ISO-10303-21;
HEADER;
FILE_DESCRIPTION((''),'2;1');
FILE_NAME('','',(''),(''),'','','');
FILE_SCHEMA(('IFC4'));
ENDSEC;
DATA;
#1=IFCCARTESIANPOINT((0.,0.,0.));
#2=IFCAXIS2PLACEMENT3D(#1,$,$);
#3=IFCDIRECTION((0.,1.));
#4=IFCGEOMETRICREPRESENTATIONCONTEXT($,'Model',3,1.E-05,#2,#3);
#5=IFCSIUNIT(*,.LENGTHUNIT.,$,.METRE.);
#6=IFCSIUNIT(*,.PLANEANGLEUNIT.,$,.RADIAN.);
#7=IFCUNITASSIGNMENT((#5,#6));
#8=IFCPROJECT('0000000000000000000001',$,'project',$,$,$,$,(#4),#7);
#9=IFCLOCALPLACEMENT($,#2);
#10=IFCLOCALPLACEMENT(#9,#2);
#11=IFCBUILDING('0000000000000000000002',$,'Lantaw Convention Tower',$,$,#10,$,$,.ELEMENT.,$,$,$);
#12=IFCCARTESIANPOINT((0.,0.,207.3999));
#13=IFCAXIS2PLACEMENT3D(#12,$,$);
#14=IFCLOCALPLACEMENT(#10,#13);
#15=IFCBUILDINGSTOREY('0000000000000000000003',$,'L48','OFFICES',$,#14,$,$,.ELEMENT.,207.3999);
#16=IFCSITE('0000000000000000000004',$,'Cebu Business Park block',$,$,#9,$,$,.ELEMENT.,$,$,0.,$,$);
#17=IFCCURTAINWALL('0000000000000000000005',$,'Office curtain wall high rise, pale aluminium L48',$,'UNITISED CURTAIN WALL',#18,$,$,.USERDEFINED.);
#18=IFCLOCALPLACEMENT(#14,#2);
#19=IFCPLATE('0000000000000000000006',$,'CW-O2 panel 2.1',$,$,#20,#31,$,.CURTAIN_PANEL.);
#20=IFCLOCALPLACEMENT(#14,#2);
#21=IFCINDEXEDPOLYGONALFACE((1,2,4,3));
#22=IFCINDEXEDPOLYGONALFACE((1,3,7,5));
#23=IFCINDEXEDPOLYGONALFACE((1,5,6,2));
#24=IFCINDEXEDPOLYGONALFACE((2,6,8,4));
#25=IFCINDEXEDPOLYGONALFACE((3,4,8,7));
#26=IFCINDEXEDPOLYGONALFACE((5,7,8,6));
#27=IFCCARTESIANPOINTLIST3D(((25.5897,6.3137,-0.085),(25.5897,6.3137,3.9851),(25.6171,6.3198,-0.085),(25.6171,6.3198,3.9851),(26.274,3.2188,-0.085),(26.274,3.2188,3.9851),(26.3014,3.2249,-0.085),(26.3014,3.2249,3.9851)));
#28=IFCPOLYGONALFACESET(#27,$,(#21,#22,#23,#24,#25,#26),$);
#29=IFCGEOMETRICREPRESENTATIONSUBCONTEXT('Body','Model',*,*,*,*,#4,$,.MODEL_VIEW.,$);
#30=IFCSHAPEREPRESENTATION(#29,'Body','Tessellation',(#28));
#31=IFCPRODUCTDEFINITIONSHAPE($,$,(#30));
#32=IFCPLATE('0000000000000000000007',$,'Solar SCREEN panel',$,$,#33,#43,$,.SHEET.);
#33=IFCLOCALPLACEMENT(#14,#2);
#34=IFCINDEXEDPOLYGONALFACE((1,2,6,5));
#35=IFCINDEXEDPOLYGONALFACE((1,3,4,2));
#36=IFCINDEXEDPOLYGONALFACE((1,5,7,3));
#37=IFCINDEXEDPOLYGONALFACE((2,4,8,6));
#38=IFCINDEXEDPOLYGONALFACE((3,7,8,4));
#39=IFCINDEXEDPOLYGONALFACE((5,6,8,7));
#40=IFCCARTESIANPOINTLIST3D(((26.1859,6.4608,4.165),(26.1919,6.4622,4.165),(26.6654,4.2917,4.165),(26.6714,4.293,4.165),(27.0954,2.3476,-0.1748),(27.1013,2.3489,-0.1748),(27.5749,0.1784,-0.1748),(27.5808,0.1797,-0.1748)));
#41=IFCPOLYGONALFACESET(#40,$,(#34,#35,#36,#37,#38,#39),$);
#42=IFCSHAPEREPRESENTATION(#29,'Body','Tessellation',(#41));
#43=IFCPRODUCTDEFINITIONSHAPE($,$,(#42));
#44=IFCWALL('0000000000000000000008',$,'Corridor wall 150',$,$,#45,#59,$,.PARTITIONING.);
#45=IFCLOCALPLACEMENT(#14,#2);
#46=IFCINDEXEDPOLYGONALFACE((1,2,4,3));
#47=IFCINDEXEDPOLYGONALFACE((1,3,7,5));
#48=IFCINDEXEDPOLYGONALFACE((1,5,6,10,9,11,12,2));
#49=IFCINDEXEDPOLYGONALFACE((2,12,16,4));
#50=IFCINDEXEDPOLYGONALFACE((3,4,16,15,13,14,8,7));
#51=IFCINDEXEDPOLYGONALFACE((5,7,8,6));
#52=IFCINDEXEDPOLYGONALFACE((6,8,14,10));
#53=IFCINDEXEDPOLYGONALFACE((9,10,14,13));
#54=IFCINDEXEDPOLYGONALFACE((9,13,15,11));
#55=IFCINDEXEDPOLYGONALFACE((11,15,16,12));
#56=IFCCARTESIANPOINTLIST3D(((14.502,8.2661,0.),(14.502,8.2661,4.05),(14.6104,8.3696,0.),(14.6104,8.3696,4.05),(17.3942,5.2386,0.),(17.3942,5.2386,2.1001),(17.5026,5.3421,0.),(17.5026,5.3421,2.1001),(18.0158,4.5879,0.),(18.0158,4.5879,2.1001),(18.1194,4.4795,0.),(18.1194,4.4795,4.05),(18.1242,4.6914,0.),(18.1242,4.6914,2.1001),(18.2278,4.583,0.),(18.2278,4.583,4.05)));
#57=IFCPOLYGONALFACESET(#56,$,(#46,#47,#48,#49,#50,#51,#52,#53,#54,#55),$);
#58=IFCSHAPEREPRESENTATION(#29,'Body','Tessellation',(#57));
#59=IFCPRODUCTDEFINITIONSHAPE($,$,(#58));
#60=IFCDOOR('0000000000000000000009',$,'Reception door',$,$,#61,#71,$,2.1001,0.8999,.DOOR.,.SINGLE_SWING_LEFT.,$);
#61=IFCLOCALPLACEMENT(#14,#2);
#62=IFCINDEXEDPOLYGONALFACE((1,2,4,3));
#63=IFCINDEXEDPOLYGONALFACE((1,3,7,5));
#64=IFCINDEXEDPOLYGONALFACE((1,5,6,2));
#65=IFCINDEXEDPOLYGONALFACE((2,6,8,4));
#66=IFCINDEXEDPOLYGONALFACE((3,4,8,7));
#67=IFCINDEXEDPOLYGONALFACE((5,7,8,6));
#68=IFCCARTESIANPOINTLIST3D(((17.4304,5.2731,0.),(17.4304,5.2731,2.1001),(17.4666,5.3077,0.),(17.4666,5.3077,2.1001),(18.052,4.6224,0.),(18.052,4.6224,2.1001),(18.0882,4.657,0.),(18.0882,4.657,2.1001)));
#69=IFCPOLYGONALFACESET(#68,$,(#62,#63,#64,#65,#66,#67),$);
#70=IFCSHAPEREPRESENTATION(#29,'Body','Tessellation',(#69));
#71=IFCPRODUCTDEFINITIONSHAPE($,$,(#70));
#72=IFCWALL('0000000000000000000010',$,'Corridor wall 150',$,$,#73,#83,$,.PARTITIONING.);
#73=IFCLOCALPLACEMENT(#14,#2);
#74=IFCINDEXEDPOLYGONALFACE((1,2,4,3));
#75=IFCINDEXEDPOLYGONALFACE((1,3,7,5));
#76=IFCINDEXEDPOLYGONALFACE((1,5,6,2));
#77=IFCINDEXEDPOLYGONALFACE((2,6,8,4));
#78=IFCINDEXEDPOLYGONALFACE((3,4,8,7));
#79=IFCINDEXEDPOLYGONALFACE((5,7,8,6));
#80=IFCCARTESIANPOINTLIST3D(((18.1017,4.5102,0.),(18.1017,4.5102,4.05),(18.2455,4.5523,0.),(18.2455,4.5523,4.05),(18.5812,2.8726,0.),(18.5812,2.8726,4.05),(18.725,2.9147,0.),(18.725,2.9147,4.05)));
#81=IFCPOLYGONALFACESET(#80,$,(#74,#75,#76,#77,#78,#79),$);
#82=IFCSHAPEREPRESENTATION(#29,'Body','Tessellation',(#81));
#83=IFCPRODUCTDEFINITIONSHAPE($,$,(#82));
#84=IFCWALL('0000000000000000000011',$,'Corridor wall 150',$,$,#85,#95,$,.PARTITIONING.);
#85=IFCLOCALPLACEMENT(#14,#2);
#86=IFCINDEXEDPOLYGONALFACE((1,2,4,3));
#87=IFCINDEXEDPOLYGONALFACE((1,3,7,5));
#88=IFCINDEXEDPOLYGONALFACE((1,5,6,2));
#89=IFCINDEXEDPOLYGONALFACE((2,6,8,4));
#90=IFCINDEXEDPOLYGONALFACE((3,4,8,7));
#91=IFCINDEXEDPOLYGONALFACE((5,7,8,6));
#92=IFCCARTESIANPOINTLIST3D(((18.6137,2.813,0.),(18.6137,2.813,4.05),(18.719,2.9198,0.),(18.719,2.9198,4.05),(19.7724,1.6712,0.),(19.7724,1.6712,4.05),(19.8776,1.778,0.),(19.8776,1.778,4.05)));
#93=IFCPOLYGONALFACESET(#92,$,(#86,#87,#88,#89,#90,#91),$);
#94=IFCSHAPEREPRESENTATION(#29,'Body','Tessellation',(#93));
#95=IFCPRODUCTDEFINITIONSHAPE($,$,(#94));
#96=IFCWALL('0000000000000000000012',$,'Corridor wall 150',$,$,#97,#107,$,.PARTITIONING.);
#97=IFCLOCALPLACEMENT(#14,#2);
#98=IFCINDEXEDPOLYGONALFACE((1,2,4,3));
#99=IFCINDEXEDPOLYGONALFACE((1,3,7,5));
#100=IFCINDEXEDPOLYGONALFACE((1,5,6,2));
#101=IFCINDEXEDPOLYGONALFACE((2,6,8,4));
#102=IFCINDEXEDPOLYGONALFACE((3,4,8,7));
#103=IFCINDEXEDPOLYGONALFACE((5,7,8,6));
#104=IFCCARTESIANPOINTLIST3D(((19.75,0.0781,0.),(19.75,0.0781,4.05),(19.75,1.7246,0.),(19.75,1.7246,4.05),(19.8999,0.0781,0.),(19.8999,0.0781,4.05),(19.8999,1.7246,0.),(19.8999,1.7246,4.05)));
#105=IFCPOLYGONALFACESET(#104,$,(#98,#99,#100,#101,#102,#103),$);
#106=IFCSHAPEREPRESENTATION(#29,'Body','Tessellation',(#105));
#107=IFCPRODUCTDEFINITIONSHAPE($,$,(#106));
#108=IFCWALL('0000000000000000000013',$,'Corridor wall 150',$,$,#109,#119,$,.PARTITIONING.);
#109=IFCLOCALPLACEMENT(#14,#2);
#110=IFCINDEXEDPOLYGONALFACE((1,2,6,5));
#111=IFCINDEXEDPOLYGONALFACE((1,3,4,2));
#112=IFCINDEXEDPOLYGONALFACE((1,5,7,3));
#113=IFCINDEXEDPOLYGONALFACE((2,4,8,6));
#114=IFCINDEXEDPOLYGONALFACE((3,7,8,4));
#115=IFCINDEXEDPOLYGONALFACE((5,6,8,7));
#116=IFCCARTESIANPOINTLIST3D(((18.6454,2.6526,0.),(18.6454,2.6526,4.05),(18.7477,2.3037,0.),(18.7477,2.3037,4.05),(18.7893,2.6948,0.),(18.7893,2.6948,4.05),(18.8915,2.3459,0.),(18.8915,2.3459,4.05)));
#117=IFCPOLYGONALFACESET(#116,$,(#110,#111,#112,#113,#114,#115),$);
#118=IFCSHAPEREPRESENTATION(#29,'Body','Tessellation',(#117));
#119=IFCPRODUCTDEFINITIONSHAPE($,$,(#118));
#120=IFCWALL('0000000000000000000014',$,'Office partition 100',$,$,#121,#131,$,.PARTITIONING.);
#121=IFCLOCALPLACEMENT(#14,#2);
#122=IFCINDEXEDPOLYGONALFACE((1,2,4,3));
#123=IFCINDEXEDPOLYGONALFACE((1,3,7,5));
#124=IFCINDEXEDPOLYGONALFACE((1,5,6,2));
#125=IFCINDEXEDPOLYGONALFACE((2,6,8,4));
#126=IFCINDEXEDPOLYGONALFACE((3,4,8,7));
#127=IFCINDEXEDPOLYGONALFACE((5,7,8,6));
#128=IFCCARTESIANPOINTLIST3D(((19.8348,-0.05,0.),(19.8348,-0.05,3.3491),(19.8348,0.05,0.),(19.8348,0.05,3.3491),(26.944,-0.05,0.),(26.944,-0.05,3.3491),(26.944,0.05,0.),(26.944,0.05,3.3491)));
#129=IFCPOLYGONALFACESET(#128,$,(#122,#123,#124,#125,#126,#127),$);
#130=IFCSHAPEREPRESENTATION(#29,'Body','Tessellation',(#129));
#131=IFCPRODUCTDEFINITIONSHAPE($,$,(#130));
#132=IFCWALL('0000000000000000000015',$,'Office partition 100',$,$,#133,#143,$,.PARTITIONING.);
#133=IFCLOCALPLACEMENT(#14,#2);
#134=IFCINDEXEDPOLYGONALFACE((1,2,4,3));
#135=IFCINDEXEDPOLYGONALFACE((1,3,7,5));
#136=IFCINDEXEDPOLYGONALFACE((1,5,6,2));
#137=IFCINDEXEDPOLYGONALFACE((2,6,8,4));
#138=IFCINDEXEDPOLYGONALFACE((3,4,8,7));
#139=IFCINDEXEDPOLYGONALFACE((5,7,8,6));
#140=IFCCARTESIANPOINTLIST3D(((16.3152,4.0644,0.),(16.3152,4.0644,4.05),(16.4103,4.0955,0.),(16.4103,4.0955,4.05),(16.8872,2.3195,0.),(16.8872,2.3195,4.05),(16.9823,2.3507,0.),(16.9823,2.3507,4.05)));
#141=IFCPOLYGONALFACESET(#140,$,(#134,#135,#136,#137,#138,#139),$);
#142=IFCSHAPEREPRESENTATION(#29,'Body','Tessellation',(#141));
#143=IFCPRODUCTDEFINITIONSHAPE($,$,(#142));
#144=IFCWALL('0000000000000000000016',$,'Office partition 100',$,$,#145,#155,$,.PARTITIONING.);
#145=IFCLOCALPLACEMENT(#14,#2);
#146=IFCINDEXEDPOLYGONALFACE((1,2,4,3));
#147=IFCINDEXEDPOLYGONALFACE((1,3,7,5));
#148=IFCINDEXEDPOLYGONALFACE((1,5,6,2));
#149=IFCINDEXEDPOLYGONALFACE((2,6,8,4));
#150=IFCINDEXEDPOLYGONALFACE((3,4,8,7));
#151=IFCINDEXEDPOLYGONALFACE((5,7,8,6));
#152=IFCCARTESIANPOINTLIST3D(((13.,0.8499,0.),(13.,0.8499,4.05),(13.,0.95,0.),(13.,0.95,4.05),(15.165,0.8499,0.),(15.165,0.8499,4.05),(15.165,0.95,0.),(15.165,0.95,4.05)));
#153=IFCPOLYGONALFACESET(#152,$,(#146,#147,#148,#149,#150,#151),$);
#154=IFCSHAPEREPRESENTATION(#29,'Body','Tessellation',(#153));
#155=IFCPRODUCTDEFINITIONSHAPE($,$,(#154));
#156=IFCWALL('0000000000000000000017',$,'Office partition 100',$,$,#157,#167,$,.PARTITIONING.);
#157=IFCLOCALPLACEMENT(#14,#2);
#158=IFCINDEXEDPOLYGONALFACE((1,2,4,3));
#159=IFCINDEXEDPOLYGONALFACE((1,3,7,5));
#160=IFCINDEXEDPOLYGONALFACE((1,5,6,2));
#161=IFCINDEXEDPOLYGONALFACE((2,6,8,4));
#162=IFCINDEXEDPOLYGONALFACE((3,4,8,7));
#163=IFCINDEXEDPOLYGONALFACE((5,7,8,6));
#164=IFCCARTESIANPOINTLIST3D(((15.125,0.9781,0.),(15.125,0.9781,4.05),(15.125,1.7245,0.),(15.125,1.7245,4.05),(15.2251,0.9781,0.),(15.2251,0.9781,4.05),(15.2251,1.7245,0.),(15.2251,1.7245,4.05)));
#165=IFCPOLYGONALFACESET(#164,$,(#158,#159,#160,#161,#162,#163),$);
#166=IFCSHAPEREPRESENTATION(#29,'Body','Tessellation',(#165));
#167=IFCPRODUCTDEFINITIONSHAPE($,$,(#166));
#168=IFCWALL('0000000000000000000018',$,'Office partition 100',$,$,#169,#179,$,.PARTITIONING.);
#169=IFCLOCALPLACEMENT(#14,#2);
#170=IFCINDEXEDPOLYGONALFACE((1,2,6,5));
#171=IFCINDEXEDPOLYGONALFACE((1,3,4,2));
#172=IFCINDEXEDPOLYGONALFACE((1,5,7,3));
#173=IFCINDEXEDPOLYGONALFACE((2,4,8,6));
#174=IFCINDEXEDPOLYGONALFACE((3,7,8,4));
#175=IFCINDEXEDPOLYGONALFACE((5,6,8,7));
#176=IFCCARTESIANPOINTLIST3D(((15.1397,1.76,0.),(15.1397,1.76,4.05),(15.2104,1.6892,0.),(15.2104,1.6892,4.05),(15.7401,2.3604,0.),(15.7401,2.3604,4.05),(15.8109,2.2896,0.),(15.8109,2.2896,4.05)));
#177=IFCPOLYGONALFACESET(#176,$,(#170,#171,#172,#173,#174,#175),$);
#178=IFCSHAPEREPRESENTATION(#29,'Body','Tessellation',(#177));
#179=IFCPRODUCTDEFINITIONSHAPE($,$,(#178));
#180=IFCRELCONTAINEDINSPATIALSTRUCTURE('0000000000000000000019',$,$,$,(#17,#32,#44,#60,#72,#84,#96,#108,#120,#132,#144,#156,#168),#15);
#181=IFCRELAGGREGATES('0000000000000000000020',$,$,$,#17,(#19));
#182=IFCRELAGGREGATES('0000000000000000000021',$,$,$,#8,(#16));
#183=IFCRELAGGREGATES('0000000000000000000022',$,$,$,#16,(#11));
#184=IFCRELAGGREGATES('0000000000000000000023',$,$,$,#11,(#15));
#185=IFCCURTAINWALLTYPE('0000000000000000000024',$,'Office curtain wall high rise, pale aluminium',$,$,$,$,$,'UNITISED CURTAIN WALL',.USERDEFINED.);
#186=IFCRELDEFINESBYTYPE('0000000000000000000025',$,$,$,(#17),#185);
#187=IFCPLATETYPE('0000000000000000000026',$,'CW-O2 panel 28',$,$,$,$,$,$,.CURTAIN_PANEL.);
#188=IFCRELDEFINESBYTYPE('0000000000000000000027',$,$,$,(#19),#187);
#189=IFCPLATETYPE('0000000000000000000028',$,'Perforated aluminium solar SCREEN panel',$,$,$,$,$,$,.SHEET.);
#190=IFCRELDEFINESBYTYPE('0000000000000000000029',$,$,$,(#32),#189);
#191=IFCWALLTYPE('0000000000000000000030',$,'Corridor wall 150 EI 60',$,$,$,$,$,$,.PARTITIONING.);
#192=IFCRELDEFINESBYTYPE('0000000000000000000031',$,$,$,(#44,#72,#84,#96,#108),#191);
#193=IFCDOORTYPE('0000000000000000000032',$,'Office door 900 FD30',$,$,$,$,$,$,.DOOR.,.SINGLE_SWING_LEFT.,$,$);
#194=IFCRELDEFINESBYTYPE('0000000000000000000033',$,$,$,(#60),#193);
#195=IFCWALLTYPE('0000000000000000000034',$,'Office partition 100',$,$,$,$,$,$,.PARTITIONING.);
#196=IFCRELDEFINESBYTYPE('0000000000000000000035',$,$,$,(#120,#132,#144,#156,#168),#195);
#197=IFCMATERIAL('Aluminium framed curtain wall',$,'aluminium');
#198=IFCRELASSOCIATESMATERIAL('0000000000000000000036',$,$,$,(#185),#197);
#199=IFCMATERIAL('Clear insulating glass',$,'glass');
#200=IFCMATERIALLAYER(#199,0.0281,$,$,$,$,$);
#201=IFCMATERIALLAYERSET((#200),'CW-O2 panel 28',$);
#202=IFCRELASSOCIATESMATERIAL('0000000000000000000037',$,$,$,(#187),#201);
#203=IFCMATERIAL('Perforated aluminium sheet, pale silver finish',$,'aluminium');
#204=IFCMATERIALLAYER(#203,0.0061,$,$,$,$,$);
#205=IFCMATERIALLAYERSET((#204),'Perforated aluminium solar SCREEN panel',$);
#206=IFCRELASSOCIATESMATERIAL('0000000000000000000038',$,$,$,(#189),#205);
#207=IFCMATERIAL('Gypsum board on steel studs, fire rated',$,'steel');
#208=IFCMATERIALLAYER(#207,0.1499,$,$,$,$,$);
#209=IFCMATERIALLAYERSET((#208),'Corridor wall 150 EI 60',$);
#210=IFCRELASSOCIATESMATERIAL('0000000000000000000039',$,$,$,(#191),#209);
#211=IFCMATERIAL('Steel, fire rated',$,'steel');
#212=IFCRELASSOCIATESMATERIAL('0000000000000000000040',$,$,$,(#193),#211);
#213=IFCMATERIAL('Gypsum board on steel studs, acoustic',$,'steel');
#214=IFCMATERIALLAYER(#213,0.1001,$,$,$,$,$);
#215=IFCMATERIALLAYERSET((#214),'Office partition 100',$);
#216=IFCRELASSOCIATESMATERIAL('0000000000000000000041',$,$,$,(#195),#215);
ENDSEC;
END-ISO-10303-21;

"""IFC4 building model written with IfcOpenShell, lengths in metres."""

from ifc_helpers import new_model, si_unit, direction, frame, frame_2d, origin, origin_2d, place, context, subcontext, project, spatial, polyline, rectangle, outline, extrude, material, layer, layer_set, type_object, element, fill, aggregate, save


model = new_model("IFC4")

# Units and contexts
model_context = context("Model", 3, precision=1e-05, world=origin(), true_north=direction((0.0, 1.0)))
body_context = subcontext(model_context, "Body", "Model", "MODEL_VIEW")
ifc_project = project(units=[si_unit("LENGTHUNIT", "METRE"), si_unit("PLANEANGLEUNIT", "RADIAN")], contexts=[model_context])

# Site, building, storey
site_placement = place(None, origin())
site = spatial("IfcSite", under=ifc_project, at=site_placement, Name="Cebu Business Park block", CompositionType="ELEMENT", RefElevation=0.0)
building_placement = place(site_placement, origin())
building = spatial("IfcBuilding", under=site, at=building_placement, Name="Lantaw Convention Tower", CompositionType="ELEMENT")
storey_placement = place(building_placement, frame((0.0, 0.0, 207.3999)))
storey = spatial("IfcBuildingStorey", under=building, at=storey_placement, Name="L48", Description="OFFICES", CompositionType="ELEMENT", Elevation=207.3999)

# Curtain wall
ifc_material_1 = material(Name="Aluminium framed curtain wall", Category="aluminium")
curtain_wall_type = type_object("IfcCurtainWallType", Name="Office curtain wall high rise, pale aluminium", ElementType="UNITISED CURTAIN WALL", PredefinedType="USERDEFINED", material=ifc_material_1)
curtain_wall_1_placement = place(storey_placement, origin())
curtain_wall_1 = element("IfcCurtainWall", 1, at=curtain_wall_1_placement, inside=storey, type_object=curtain_wall_type, Name="Office curtain wall high rise, pale aluminium L48", ObjectType="UNITISED CURTAIN WALL", PredefinedType="USERDEFINED")

# Plates
ifc_material_2 = material(Name="Clear insulating glass", Category="glass")
ifc_layer_1 = layer(ifc_material_2, 0.0281)
ifc_layer_set_1 = layer_set([ifc_layer_1], Name="CW-O2 panel 28")
plate_type_1 = type_object("IfcPlateType", Name="CW-O2 panel 28", PredefinedType="CURTAIN_PANEL", material=ifc_layer_set_1)
plate_1_placement = place(storey_placement, frame((25.9456, 4.7693, -0.085), z_axis=(0.0, 0.0, 1.0), x_axis=(-0.215891, 0.976417, 0.0)))
plate_1 = element("IfcPlate", 2, at=plate_1_placement, type_object=plate_type_1, Name="CW-O2 panel 2.1", PredefinedType="CURTAIN_PANEL", context=body_context, shape_type="SweptSolid", body=[
    extrude(rectangle(XDim=3.1697, YDim=0.0281, at=origin_2d()), origin(), (0.0, 0.0, 1.0), 4.0701),
])
aggregate(curtain_wall_1, [plate_1])
ifc_material_3 = material(Name="Perforated aluminium sheet, pale silver finish", Category="aluminium")
ifc_layer_2 = layer(ifc_material_3, 0.0061)
ifc_layer_set_2 = layer_set([ifc_layer_2], Name="Perforated aluminium solar SCREEN panel")
plate_type_2 = type_object("IfcPlateType", Name="Perforated aluminium solar SCREEN panel", PredefinedType="SHEET", material=ifc_layer_set_2)
plate_2_placement = place(storey_placement, frame((27.5808, 0.1797, -0.1748), z_axis=(0.97643, 0.215837, 0.000044), x_axis=(-0.215837, 0.97643, 0.0)))
element("IfcPlate", 3, at=plate_2_placement, inside=storey, type_object=plate_type_2, Name="Solar SCREEN panel", PredefinedType="SHEET", context=body_context, shape_type="SweptSolid", body=[
    extrude(outline(polyline([(0.0, 0.0), (2.2216, 0.0), (6.4342, 4.3398), (4.2126, 4.3398), (0.0, 0.0)])), origin(), (0.0, 0.0, -1.0), 0.0061),
])

# Wall, opening, door
ifc_material_4 = material(Name="Gypsum board on steel studs, fire rated", Category="steel")
ifc_layer_3 = layer(ifc_material_4, 0.1499)
ifc_layer_set_3 = layer_set([ifc_layer_3], Name="Corridor wall 150 EI 60")
wall_type_1 = type_object("IfcWallType", Name="Corridor wall 150 EI 60", PredefinedType="PARTITIONING", material=ifc_layer_set_3)
wall_1_placement = place(storey_placement, frame((18.1736, 4.5312, 0.0), z_axis=(0.0, 0.0, 1.0), x_axis=(-0.690768, 0.723076, 0.0)))
wall_1 = element("IfcWall", 4, at=wall_1_placement, inside=storey, type_object=wall_type_1, Name="Corridor wall 150", PredefinedType="PARTITIONING", context=body_context, shape_type="SweptSolid", body=[
    extrude(rectangle(XDim=5.2368, YDim=0.1499, at=frame_2d((2.6184, 0.0))), origin(), (0.0, 0.0, 1.0), 4.05),
])
opening_placement = place(wall_1_placement, frame((0.1499, 0.0, 0.0)))
opening = element("IfcOpeningElement", 5, at=opening_placement, cuts=wall_1, PredefinedType="OPENING", context=body_context, shape_type="SweptSolid", body=[
    extrude(rectangle(XDim=0.8999, YDim=2.1001, at=frame_2d((0.45, 1.05))), frame((0.0, 0.085, 0.0), z_axis=(0.0, -1.0, 0.0), x_axis=(1.0, 0.0, 0.0)), (0.0, 0.0, 1.0), 0.1699),
])
ifc_material_5 = material(Name="Steel, fire rated", Category="steel")
door_type = type_object("IfcDoorType", Name="Office door 900 FD30", OperationType="SINGLE_SWING_LEFT", PredefinedType="DOOR", material=ifc_material_5)
door_placement = place(opening_placement, origin())
door = element("IfcDoor", 6, at=door_placement, inside=storey, type_object=door_type, Name="Reception door", OperationType="SINGLE_SWING_LEFT", OverallHeight=2.1001, OverallWidth=0.8999, PredefinedType="DOOR", context=body_context, shape_type="SweptSolid", body=[
    extrude(rectangle(XDim=0.8999, YDim=2.1001, at=frame_2d((0.45, 1.05))), frame((0.0, 0.0249, 0.0), z_axis=(0.0, -1.0, 0.0), x_axis=(1.0, 0.0, 0.0)), (0.0, 0.0, 1.0), 0.05),
])
fill(opening, door)

# Walls
wall_2_placement = place(storey_placement, frame((18.6531, 2.8938, 0.0), z_axis=(0.0, 0.0, 1.0), x_axis=(-0.281027, 0.9597, 0.0)))
element("IfcWall", 7, at=wall_2_placement, inside=storey, type_object=wall_type_1, Name="Corridor wall 150", PredefinedType="PARTITIONING", context=body_context, shape_type="SweptSolid", body=[
    extrude(rectangle(XDim=1.7063, YDim=0.1499, at=frame_2d((0.853, 0.0))), origin(), (0.0, 0.0, 1.0), 4.05),
])
wall_3_placement = place(storey_placement, frame((18.6663, 2.8665, 0.0), z_axis=(0.0, 0.0, 1.0), x_axis=(0.712265, -0.70191, 0.0)))
element("IfcWall", 8, at=wall_3_placement, inside=storey, type_object=wall_type_1, Name="Corridor wall 150", PredefinedType="PARTITIONING", context=body_context, shape_type="SweptSolid", body=[
    extrude(rectangle(XDim=1.6267, YDim=0.1499, at=frame_2d((0.8135, 0.0))), origin(), (0.0, 0.0, 1.0), 4.05),
])
wall_4_placement = place(storey_placement, frame((19.825, 1.7246, 0.0), z_axis=(0.0, 0.0, 1.0), x_axis=(0.0, -1.0, 0.0)))
element("IfcWall", 9, at=wall_4_placement, inside=storey, type_object=wall_type_1, Name="Corridor wall 150", PredefinedType="PARTITIONING", context=body_context, shape_type="SweptSolid", body=[
    extrude(rectangle(XDim=1.6465, YDim=0.1499, at=frame_2d((0.8232, 0.0))), origin(), (0.0, 0.0, 1.0), 4.05),
])
wall_5_placement = place(storey_placement, frame((18.8196, 2.325, 0.0), z_axis=(0.0, 0.0, 1.0), x_axis=(-0.281366, 0.9596, 0.0)))
element("IfcWall", 10, at=wall_5_placement, inside=storey, type_object=wall_type_1, Name="Corridor wall 150", PredefinedType="PARTITIONING", context=body_context, shape_type="SweptSolid", body=[
    extrude(rectangle(XDim=0.3635, YDim=0.1499, at=frame_2d((0.1816, 0.0))), origin(), (0.0, 0.0, 1.0), 4.05),
])
ifc_material_6 = material(Name="Gypsum board on steel studs, acoustic", Category="steel")
ifc_layer_4 = layer(ifc_material_6, 0.1001)
ifc_layer_set_4 = layer_set([ifc_layer_4], Name="Office partition 100")
wall_type_2 = type_object("IfcWallType", Name="Office partition 100", PredefinedType="PARTITIONING", material=ifc_layer_set_4)
wall_6_placement = place(storey_placement, frame((26.9441, 0.0, 0.0), z_axis=(0.0, 0.0, 1.0), x_axis=(-1.0, 0.0, 0.0)))
element("IfcWall", 11, at=wall_6_placement, inside=storey, type_object=wall_type_2, Name="Office partition 100", PredefinedType="PARTITIONING", context=body_context, shape_type="SweptSolid", body=[
    extrude(rectangle(XDim=7.1091, YDim=0.1001, at=frame_2d((3.5547, 0.0))), origin(), (0.0, 0.0, 1.0), 3.3491),
])
wall_7_placement = place(storey_placement, frame((16.3628, 4.0798, 0.0), z_axis=(0.0, 0.0, 1.0), x_axis=(0.311517, -0.950241, 0.0)))
element("IfcWall", 12, at=wall_7_placement, inside=storey, type_object=wall_type_2, Name="Office partition 100", PredefinedType="PARTITIONING", context=body_context, shape_type="SweptSolid", body=[
    extrude(rectangle(XDim=1.8362, YDim=0.1001, at=frame_2d((0.918, 0.0))), origin(), (0.0, 0.0, 1.0), 4.05),
])
wall_8_placement = place(storey_placement, frame((15.165, 0.8999, 0.0), z_axis=(0.0, 0.0, 1.0), x_axis=(-1.0, 0.0, 0.0)))
element("IfcWall", 13, at=wall_8_placement, inside=storey, type_object=wall_type_2, Name="Office partition 100", PredefinedType="PARTITIONING", context=body_context, shape_type="SweptSolid", body=[
    extrude(rectangle(XDim=2.165, YDim=0.1001, at=frame_2d((1.0825, 0.0))), origin(), (0.0, 0.0, 1.0), 4.05),
])
wall_9_placement = place(storey_placement, frame((15.175, 0.9783, 0.0), z_axis=(0.0, 0.0, 1.0), x_axis=(0.0, 1.0, 0.0)))
element("IfcWall", 14, at=wall_9_placement, inside=storey, type_object=wall_type_2, Name="Office partition 100", PredefinedType="PARTITIONING", context=body_context, shape_type="SweptSolid", body=[
    extrude(rectangle(XDim=0.7463, YDim=0.1001, at=frame_2d((0.373, 0.0))), origin(), (0.0, 0.0, 1.0), 4.05),
])
wall_10_placement = place(storey_placement, frame((15.175, 1.7246, 0.0), z_axis=(0.0, 0.0, 1.0), x_axis=(0.707107, 0.707107, 0.0)))
element("IfcWall", 15, at=wall_10_placement, inside=storey, type_object=wall_type_2, Name="Office partition 100", PredefinedType="PARTITIONING", context=body_context, shape_type="SweptSolid", body=[
    extrude(rectangle(XDim=0.8491, YDim=0.1001, at=frame_2d((0.4246, 0.0))), origin(), (0.0, 0.0, 1.0), 4.05),
])

save(model, "model.ifc")
